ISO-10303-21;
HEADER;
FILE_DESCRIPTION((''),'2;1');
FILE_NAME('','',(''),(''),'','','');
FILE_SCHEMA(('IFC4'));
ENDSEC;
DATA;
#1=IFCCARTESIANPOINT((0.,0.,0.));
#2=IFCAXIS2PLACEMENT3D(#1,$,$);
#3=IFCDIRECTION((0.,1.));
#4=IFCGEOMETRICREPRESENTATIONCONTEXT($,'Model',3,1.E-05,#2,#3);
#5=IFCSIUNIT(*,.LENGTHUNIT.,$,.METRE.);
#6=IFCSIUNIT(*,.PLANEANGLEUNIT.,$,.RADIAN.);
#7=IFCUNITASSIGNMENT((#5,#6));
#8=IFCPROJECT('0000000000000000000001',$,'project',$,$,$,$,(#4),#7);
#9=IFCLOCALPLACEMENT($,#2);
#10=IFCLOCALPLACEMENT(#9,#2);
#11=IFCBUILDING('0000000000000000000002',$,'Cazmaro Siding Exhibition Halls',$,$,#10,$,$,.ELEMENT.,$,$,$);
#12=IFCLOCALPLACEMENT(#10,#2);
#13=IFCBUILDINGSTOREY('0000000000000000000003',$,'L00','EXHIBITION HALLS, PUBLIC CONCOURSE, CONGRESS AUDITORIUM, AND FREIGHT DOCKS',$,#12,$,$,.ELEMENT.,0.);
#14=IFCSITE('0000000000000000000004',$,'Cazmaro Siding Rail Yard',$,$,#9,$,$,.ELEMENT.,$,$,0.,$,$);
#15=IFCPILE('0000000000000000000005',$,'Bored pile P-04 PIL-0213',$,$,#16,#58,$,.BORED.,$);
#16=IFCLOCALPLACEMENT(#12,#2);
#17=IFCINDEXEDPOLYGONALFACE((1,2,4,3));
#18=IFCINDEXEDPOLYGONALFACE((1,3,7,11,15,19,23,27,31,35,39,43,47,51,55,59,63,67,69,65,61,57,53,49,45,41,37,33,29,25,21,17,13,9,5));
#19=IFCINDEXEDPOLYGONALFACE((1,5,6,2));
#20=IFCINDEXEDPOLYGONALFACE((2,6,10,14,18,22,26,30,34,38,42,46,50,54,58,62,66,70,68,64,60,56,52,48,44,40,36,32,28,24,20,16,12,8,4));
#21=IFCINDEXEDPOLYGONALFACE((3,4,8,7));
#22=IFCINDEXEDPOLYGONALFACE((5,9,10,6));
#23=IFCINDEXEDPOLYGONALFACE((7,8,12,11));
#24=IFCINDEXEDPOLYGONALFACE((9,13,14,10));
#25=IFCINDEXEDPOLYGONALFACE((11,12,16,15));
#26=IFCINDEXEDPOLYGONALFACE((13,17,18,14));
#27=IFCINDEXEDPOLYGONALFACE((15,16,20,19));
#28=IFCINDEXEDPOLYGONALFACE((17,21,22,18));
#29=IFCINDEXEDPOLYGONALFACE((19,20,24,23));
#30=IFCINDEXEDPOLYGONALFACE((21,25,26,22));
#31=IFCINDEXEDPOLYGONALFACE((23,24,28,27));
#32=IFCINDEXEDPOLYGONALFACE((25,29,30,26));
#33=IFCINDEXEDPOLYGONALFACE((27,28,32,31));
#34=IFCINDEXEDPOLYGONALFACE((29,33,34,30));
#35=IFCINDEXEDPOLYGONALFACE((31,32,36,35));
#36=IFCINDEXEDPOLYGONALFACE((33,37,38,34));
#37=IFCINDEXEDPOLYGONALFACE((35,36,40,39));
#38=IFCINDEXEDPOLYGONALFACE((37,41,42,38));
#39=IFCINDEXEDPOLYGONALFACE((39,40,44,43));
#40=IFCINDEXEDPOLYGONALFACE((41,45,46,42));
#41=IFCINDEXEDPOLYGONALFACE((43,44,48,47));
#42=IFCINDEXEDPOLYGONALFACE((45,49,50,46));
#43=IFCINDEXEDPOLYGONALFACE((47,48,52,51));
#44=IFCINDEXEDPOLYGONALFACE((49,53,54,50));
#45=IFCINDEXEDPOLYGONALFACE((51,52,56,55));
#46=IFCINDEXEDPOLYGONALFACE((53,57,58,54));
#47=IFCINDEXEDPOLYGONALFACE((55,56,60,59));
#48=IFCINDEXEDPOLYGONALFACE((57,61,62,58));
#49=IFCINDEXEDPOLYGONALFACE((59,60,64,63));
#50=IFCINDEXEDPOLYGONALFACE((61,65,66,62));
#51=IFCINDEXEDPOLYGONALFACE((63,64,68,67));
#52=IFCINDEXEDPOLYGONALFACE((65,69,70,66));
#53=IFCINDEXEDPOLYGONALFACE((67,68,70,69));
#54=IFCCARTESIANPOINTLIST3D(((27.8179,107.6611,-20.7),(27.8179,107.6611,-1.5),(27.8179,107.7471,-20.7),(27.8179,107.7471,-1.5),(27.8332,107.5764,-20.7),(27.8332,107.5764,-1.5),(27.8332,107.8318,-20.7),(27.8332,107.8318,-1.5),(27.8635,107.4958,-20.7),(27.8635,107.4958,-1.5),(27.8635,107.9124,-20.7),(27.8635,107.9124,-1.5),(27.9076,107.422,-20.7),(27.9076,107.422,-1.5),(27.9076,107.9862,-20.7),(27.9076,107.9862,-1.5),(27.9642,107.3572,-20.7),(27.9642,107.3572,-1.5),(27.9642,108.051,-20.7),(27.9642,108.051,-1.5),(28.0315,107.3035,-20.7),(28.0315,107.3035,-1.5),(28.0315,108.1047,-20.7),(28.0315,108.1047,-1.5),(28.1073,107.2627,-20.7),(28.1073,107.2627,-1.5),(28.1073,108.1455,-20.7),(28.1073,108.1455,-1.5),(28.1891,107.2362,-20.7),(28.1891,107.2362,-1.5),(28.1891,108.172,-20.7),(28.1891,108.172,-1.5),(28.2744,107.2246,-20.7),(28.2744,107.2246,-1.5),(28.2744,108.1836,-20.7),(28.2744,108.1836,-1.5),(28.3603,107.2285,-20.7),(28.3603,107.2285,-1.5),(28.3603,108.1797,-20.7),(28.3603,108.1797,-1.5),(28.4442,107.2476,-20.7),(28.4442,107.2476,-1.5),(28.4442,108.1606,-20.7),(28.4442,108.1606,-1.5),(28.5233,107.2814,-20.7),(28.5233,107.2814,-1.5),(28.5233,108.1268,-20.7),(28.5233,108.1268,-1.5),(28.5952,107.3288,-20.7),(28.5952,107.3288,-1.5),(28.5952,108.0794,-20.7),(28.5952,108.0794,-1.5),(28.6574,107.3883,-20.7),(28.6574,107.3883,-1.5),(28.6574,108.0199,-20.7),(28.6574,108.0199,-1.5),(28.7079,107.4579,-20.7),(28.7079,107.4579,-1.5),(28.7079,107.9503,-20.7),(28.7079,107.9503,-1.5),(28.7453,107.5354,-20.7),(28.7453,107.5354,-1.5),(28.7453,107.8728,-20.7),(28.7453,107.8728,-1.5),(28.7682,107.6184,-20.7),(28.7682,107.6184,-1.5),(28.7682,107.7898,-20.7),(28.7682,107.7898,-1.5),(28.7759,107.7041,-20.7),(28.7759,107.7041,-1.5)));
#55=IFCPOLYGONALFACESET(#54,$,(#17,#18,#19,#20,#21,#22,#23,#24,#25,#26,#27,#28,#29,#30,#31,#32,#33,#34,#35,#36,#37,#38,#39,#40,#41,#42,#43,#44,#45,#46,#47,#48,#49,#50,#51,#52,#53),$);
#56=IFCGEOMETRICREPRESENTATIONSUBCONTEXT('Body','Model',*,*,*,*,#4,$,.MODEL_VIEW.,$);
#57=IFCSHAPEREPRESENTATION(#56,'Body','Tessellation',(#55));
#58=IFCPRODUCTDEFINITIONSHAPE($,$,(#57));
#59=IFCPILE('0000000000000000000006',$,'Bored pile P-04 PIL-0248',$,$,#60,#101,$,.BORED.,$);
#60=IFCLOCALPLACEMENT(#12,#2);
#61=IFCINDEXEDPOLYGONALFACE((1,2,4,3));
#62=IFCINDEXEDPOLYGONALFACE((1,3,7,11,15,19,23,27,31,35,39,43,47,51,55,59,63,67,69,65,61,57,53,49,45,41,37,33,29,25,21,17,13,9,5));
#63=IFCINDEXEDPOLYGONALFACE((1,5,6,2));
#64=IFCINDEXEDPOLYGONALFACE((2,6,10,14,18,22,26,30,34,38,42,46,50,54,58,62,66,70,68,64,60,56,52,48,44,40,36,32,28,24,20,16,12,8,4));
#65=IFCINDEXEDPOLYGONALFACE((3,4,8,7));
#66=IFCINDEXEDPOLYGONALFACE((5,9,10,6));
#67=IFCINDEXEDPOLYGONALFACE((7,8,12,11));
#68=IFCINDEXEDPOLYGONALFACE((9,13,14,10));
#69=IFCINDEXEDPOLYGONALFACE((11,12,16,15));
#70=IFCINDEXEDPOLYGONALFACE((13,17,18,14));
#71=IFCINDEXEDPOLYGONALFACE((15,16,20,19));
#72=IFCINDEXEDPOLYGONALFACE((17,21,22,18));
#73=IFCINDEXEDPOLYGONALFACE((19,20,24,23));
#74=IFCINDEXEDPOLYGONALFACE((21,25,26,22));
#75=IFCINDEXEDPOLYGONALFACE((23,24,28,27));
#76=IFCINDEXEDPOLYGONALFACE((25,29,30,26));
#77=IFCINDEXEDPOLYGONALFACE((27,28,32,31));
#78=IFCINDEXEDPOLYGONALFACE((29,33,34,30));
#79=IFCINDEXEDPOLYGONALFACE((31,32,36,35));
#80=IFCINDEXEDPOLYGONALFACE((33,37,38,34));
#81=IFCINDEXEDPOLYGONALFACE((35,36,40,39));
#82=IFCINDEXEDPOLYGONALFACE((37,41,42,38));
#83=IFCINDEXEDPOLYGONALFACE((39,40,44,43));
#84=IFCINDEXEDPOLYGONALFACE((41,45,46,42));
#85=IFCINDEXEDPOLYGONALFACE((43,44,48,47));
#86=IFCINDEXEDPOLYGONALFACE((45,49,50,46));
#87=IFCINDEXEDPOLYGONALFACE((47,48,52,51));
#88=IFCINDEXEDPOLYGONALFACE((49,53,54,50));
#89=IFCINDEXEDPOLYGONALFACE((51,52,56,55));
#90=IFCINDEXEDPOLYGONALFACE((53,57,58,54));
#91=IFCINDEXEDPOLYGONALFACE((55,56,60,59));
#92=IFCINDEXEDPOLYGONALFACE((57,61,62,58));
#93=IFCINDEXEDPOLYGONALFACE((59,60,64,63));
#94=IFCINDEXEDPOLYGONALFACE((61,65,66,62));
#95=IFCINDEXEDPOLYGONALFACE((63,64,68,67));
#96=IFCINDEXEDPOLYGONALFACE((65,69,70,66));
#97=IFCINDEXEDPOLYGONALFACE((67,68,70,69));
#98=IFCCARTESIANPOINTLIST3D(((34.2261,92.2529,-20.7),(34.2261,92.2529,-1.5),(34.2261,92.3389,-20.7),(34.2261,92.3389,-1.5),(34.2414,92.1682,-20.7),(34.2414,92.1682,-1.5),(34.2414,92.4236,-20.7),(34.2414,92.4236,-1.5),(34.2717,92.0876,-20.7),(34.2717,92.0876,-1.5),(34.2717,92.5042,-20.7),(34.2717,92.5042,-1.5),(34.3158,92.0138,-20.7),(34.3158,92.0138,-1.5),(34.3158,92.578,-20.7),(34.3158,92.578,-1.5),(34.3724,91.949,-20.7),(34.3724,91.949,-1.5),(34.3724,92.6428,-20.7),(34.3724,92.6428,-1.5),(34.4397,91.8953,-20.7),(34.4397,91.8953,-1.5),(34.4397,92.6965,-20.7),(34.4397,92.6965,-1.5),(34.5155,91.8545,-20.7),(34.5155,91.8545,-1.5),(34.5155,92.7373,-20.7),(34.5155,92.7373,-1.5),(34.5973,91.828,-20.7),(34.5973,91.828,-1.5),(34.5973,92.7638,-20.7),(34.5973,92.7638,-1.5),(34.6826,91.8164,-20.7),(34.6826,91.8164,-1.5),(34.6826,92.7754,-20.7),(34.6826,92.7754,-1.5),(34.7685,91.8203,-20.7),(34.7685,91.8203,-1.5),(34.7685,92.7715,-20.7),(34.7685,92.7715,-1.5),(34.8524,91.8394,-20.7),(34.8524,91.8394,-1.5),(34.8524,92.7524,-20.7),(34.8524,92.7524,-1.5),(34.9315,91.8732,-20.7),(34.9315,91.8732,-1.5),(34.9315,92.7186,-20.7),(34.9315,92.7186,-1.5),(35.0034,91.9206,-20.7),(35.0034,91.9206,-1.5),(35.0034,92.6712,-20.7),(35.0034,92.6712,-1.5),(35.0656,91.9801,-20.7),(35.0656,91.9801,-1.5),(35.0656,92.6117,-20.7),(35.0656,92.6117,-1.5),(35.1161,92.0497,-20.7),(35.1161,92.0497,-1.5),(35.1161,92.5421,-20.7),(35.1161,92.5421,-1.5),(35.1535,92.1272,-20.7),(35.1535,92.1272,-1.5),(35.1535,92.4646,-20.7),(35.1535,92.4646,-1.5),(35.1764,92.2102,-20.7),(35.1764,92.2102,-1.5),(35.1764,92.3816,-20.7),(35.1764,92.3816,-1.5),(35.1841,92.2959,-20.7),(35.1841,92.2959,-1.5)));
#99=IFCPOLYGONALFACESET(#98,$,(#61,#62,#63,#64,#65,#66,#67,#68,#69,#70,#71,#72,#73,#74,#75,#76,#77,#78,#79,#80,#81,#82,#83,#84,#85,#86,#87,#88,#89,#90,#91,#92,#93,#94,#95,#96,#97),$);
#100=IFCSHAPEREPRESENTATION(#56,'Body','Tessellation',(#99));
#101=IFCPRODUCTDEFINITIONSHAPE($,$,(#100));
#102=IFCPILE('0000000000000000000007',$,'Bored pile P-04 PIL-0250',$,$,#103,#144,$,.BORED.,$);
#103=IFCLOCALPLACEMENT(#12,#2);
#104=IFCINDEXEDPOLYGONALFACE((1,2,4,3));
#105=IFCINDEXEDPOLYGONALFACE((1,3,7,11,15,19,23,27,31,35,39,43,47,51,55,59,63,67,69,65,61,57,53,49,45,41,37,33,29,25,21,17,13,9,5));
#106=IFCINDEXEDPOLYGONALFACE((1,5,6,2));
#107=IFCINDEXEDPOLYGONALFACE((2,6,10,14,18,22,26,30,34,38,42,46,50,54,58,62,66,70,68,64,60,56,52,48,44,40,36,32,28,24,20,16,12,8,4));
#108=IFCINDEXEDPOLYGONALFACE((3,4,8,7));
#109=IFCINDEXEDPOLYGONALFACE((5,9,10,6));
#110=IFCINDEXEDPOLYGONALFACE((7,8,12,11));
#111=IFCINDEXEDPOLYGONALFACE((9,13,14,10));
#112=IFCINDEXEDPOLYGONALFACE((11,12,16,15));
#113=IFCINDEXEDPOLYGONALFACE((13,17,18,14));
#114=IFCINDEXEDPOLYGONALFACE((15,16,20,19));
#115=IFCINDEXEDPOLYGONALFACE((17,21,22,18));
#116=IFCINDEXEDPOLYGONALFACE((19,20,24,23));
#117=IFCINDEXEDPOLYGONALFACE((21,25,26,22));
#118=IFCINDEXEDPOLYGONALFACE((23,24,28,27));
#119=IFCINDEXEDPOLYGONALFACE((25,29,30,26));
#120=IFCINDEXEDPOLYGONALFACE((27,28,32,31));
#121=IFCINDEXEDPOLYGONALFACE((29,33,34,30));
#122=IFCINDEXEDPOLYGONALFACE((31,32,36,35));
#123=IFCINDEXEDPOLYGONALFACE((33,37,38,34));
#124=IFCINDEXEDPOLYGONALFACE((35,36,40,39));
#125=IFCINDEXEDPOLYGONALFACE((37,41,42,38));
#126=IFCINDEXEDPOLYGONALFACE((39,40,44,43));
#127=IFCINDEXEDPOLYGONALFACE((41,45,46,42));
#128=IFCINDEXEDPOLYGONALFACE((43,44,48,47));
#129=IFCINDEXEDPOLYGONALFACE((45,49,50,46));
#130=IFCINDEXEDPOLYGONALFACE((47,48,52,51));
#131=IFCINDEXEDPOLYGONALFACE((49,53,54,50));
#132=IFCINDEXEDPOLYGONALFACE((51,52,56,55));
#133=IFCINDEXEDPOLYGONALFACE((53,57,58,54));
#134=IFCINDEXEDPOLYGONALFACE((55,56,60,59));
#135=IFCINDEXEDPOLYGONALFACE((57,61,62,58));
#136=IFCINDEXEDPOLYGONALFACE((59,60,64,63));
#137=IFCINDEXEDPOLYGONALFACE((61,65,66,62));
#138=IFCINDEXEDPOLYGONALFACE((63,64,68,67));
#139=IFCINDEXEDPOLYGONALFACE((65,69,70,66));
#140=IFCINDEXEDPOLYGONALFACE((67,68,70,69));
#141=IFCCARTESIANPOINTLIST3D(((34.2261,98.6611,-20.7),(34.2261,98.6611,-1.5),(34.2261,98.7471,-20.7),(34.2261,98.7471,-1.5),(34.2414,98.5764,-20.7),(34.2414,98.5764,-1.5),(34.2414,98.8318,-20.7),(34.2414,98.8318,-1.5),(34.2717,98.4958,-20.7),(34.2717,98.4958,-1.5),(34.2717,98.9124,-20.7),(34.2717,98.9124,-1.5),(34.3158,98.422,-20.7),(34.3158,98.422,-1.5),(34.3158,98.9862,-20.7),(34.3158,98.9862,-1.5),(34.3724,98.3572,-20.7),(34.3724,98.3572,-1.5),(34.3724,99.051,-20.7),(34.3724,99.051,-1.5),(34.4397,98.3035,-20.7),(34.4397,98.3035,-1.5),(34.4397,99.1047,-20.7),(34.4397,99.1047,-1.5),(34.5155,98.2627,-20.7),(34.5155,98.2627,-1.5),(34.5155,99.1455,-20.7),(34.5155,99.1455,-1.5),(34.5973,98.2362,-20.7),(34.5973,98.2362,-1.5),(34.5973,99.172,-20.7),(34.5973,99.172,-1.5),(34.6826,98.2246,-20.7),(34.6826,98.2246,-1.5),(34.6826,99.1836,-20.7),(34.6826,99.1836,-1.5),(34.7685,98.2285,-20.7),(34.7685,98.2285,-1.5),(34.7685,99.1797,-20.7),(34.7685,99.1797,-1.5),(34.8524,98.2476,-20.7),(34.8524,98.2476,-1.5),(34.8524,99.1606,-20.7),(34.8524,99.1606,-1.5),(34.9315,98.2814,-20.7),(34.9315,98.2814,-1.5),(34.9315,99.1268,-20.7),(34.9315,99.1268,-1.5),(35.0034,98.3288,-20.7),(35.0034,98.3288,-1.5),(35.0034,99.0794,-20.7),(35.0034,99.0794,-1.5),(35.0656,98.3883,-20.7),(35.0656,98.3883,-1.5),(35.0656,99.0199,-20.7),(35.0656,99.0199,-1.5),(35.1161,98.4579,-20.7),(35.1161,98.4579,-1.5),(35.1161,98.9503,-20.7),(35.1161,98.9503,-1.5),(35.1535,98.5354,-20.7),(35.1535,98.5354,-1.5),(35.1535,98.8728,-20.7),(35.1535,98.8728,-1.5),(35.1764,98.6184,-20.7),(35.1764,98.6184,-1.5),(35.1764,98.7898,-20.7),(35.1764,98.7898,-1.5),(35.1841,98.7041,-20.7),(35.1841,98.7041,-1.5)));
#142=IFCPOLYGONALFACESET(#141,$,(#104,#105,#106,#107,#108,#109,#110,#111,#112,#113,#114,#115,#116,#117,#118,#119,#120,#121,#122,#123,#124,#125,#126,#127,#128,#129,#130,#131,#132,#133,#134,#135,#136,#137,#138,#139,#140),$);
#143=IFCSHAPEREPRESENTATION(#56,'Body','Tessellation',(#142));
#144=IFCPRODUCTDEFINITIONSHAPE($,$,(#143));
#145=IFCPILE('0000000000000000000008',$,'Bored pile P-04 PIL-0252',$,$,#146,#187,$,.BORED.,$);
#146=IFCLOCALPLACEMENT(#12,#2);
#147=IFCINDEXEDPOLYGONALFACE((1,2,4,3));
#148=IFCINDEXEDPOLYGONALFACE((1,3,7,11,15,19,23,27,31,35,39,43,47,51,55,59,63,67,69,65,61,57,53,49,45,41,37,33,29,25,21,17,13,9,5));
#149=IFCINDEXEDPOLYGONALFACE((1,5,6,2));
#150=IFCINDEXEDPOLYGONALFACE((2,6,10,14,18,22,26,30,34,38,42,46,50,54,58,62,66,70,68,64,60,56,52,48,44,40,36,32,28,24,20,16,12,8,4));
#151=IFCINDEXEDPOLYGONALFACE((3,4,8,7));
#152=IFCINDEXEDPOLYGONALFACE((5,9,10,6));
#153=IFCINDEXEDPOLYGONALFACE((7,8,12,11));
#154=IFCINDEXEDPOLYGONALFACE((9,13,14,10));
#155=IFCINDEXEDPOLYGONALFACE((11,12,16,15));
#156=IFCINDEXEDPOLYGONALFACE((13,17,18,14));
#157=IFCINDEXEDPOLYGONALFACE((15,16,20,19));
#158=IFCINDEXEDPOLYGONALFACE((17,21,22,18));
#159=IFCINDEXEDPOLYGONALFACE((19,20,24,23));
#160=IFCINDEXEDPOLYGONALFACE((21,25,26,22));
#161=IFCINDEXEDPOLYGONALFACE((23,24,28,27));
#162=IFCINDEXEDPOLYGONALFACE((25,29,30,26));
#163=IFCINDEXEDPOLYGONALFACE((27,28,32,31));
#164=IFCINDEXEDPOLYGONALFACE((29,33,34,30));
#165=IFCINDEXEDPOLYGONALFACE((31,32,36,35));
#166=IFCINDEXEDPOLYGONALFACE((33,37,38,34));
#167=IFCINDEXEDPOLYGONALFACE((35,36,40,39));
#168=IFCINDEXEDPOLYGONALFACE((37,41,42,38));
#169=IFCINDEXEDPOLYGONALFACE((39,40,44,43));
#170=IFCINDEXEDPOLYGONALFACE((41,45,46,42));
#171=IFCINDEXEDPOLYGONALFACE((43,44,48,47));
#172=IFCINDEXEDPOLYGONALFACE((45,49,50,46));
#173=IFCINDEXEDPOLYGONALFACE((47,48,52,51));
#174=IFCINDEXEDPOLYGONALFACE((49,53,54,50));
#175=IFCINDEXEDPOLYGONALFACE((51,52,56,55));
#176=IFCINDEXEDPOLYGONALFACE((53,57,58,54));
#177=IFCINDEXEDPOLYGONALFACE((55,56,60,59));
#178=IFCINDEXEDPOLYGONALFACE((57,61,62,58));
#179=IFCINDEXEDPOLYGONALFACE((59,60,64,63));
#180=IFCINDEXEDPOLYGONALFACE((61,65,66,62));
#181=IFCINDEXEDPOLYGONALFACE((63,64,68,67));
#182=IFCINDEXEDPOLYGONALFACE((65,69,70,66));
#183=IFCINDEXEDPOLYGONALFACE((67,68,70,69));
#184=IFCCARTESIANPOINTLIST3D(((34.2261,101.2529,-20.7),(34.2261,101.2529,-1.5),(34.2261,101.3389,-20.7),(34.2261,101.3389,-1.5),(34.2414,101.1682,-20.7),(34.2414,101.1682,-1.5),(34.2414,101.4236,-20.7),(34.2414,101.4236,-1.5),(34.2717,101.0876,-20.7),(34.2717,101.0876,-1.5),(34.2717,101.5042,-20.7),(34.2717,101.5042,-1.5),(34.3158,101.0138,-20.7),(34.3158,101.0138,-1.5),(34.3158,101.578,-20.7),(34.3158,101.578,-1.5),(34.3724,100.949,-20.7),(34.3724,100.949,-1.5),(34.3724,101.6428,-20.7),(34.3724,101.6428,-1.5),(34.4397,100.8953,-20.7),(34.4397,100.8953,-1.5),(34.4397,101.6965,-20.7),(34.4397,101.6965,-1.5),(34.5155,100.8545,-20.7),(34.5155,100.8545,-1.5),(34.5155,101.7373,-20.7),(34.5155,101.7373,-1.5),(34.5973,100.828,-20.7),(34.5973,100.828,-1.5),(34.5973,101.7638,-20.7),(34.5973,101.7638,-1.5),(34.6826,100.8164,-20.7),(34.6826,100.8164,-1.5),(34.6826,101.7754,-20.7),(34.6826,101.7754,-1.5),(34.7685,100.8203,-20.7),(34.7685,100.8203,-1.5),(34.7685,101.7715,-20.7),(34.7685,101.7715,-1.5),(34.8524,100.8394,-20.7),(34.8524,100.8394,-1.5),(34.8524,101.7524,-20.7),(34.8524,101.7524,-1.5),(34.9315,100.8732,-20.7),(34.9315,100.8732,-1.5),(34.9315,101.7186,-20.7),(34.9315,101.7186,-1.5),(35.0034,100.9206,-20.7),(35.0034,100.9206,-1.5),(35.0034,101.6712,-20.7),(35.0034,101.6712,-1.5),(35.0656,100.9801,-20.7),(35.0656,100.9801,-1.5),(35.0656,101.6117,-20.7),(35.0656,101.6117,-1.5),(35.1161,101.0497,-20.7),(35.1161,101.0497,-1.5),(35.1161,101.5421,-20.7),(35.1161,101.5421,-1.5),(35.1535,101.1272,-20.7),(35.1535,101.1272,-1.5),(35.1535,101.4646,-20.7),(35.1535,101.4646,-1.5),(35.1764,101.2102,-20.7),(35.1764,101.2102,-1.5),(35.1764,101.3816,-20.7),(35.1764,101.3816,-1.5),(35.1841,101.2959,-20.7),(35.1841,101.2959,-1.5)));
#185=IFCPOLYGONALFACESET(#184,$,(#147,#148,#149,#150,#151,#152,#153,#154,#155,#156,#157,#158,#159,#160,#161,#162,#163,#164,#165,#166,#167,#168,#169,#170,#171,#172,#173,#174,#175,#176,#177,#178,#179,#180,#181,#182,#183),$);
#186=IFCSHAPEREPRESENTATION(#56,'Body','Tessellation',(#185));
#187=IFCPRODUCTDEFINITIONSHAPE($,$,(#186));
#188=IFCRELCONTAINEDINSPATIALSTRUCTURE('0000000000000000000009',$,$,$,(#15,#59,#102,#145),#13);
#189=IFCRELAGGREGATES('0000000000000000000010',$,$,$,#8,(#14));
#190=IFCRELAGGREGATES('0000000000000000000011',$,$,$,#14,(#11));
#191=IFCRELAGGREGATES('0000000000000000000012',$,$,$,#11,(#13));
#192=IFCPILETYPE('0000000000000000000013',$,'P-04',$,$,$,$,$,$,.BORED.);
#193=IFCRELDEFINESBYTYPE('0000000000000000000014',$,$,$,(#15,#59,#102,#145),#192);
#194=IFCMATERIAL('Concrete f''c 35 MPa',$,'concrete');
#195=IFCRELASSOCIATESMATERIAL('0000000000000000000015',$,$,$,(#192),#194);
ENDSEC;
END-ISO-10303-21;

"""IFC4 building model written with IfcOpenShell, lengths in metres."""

from ifc_helpers import new_model, si_unit, direction, frame, origin, origin_2d, place, context, subcontext, project, spatial, circle, extrude, material, material_profile, profile_set, type_object, element, save


model = new_model("IFC4")

# Units and contexts
model_context = context("Model", 3, precision=1e-05, world=origin(), true_north=direction((0.0, 1.0)))
body_context = subcontext(model_context, "Body", "Model", "MODEL_VIEW")
ifc_project = project(units=[si_unit("LENGTHUNIT", "METRE"), si_unit("PLANEANGLEUNIT", "RADIAN")], contexts=[model_context])

# Site, building, storey
site_placement = place(None, origin())
site = spatial("IfcSite", under=ifc_project, at=site_placement, Name="Cazmaro Siding Rail Yard", CompositionType="ELEMENT", RefElevation=0.0)
building_placement = place(site_placement, origin())
building = spatial("IfcBuilding", under=site, at=building_placement, Name="Cazmaro Siding Exhibition Halls", CompositionType="ELEMENT")
storey_placement = place(building_placement, origin())
storey = spatial("IfcBuildingStorey", under=building, at=storey_placement, Name="L00", Description="EXHIBITION HALLS, PUBLIC CONCOURSE, CONGRESS AUDITORIUM, AND FREIGHT DOCKS", CompositionType="ELEMENT", Elevation=0.0)

# Piles
ifc_material_1 = material(Name="Concrete f'c 35 MPa", Category="concrete")
ifc_material_profile_1 = material_profile(ifc_material_1, circle(Radius=0.48, at=origin_2d()), Name="CIDH-960")
ifc_profile_set_1 = profile_set([ifc_material_profile_1], Name="Concrete f'c 35 MPa")
pile_type = type_object("IfcPileType", Name="P-04", PredefinedType="BORED", material=ifc_profile_set_1)
for number, where, z_axis, x_axis, name in (
    (1, (28.2959, 107.7041, -1.5), (0.0, 0.0, -1.0), (1.0, 0.0, 0.0), "Bored pile P-04 PIL-0213"),
    (2, (34.7041, 92.2959, -1.5), (0.0, 0.0, -1.0), (1.0, 0.0, 0.0), "Bored pile P-04 PIL-0248"),
    (3, (34.7041, 98.7041, -1.5), (0.0, 0.0, -1.0), (1.0, 0.0, 0.0), "Bored pile P-04 PIL-0250"),
    (4, (34.7041, 101.2959, -1.5), (0.0, 0.0, -1.0), (1.0, 0.0, 0.0), "Bored pile P-04 PIL-0252"),
):
    element("IfcPile", number, at=place(storey_placement, frame(where, z_axis=z_axis, x_axis=x_axis)), inside=storey, type_object=pile_type, Name=name, PredefinedType="BORED", context=body_context, shape_type="SweptSolid", body=[
        extrude(circle(Radius=0.48, at=origin_2d()), origin(), (0.0, 0.0, 1.0), 19.2),
    ])

save(model, "model.ifc")
